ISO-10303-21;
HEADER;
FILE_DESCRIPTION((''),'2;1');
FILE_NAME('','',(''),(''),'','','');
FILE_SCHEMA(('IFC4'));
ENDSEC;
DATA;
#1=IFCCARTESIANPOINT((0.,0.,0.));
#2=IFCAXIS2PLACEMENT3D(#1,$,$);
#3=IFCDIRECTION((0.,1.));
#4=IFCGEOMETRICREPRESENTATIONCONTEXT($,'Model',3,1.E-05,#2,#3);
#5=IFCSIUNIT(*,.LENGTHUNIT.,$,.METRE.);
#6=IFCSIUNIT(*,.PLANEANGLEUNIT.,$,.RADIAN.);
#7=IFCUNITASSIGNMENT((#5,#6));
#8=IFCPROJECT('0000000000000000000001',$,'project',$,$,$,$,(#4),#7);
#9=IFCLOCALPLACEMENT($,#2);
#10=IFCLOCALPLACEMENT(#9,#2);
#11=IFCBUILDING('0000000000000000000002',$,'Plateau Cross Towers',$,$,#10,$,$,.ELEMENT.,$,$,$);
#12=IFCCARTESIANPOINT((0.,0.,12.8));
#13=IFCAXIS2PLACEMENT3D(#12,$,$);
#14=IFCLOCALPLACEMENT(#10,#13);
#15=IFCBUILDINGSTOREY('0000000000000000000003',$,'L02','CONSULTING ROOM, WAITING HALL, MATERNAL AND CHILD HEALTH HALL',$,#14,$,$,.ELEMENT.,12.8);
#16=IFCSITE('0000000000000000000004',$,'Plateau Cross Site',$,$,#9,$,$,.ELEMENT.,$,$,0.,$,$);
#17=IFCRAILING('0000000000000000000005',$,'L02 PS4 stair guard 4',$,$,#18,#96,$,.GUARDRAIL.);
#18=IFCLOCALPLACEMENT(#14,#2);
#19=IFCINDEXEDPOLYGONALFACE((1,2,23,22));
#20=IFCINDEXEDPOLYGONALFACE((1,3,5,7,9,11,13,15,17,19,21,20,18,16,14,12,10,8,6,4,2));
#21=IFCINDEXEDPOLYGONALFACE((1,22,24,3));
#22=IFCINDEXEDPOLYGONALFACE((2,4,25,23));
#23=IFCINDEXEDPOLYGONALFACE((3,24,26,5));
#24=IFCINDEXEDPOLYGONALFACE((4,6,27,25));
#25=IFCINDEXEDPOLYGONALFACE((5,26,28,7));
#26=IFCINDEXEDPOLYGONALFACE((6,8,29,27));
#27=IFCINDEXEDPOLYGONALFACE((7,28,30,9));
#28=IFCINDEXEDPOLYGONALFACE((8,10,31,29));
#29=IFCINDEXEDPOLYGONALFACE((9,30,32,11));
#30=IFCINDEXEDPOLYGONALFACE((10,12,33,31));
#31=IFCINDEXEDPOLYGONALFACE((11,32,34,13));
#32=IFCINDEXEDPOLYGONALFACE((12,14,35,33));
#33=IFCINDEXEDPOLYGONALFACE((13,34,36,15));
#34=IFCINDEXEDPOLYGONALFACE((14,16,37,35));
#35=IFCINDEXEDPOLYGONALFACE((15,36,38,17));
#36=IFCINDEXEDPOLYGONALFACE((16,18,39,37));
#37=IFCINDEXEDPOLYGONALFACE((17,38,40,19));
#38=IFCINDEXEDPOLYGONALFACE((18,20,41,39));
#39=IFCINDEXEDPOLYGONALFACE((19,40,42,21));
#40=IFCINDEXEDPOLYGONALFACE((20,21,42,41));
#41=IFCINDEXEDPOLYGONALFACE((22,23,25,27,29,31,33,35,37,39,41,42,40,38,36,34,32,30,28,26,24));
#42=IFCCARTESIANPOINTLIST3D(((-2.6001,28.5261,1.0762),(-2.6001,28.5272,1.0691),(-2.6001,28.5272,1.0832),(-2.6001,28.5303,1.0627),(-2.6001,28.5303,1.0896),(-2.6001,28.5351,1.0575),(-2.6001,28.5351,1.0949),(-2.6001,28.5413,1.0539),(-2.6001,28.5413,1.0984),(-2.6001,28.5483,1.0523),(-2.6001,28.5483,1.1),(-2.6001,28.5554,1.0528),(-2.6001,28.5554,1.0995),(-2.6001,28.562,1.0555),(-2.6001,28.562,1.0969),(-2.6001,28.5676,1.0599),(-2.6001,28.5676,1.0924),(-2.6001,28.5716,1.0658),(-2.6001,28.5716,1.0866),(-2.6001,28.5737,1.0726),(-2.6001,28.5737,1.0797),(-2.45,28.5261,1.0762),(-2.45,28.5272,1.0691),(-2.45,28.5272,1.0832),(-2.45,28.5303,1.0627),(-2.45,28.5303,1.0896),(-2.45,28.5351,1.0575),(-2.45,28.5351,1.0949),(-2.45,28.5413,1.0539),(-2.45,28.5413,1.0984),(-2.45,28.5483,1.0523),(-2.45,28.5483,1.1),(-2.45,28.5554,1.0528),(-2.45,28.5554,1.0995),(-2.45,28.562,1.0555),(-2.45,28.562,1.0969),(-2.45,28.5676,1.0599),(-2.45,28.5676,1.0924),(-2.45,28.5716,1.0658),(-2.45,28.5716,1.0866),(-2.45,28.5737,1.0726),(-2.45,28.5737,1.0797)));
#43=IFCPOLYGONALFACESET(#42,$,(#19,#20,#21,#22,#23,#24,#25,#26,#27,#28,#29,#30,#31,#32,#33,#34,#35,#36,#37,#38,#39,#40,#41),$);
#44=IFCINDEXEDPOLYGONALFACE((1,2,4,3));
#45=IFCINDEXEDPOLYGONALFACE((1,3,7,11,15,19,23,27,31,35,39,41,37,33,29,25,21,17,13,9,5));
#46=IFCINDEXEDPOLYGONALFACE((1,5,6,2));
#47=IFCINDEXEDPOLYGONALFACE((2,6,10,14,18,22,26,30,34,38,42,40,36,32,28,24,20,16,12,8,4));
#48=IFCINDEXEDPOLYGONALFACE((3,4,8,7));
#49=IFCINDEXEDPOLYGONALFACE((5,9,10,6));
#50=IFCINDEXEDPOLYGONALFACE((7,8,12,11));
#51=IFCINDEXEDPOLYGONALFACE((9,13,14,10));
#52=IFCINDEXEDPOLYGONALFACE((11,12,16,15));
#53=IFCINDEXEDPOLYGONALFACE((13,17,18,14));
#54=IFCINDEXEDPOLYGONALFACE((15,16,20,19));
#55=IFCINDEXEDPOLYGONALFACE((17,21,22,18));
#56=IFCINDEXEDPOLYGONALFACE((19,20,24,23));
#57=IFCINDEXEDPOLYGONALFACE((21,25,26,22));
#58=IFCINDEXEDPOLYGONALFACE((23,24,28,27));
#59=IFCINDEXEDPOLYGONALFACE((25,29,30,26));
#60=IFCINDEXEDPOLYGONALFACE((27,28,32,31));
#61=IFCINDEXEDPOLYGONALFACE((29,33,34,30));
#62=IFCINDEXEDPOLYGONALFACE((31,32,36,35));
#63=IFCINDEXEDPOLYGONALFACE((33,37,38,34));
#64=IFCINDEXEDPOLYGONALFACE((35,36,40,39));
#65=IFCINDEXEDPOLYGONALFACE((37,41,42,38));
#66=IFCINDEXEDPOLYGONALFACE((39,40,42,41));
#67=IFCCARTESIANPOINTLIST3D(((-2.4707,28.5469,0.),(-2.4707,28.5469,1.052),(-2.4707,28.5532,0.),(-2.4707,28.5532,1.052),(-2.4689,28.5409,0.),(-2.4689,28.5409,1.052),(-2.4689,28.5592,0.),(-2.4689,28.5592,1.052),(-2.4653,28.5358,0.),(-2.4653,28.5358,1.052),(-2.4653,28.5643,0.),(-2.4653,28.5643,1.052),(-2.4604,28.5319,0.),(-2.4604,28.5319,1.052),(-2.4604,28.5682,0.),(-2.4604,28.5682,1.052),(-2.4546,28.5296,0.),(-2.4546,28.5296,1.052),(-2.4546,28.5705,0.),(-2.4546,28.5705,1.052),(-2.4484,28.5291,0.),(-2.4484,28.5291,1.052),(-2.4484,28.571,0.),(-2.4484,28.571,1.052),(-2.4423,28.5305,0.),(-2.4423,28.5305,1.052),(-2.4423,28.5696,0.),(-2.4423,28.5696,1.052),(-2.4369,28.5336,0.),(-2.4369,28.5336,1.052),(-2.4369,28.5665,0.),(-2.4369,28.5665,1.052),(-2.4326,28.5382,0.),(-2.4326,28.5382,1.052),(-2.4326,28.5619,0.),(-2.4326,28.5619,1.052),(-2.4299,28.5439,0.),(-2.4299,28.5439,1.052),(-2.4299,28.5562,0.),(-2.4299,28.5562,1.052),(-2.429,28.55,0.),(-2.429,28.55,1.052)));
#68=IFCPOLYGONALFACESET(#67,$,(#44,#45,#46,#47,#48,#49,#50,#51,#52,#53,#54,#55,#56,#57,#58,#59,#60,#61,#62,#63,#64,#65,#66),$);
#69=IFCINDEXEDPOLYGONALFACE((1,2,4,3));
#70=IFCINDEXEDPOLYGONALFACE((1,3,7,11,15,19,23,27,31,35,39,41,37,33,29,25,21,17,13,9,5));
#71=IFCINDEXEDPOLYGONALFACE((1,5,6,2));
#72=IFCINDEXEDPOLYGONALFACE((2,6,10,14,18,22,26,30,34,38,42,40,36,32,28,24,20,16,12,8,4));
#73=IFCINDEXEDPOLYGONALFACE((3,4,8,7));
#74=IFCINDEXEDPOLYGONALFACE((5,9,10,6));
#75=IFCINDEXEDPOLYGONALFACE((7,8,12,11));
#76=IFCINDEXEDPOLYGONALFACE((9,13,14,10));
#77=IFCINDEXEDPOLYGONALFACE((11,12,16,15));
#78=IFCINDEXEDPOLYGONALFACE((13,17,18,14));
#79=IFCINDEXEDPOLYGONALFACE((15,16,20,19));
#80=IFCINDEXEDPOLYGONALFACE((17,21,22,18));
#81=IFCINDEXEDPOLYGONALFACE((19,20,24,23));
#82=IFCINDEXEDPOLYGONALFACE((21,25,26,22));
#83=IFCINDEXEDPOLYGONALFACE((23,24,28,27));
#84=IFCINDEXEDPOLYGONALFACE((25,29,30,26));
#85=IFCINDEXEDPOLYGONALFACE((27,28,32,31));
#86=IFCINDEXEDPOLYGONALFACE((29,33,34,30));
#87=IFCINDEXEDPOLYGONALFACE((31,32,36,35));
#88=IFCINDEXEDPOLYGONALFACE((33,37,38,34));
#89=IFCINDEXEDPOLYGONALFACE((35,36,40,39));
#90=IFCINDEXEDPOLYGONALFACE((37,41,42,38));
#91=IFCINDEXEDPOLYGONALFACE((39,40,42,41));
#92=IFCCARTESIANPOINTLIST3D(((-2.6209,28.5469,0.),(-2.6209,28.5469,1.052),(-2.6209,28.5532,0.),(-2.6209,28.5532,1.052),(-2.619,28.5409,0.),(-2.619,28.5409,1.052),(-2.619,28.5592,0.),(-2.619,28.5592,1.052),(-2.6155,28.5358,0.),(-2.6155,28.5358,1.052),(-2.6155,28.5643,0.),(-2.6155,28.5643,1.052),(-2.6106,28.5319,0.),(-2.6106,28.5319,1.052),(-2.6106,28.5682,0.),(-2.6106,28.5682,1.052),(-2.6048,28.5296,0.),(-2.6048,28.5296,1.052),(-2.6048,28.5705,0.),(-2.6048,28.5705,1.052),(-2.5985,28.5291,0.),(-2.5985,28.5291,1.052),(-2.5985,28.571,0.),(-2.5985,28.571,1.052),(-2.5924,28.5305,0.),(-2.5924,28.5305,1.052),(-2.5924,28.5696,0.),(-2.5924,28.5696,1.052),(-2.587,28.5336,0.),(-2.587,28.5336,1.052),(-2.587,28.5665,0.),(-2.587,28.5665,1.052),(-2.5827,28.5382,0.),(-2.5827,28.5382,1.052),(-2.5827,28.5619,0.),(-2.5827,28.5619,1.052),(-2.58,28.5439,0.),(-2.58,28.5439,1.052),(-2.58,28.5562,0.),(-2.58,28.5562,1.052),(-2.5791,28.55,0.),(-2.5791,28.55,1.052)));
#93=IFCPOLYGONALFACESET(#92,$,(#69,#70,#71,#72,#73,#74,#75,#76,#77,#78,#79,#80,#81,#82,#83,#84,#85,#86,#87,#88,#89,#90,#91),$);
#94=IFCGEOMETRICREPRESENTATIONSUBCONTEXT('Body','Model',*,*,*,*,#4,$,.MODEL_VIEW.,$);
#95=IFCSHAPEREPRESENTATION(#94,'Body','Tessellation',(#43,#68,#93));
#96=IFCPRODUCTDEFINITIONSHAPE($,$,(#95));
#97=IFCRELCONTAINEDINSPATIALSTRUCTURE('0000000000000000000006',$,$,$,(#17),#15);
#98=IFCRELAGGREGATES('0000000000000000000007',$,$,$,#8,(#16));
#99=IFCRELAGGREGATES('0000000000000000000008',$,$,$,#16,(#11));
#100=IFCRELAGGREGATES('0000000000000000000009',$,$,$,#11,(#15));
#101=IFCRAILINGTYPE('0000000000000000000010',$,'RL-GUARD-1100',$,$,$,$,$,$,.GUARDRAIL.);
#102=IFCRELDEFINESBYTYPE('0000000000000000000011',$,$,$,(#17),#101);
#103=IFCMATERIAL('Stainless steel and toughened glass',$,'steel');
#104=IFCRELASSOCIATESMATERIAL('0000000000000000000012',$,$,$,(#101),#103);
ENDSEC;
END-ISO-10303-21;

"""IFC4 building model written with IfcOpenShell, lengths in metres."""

from ifc_helpers import new_model, si_unit, direction, frame, origin, origin_2d, place, context, subcontext, project, spatial, circle, extrude, material, type_object, element, save


model = new_model("IFC4")

# Units and contexts
model_context = context("Model", 3, precision=1e-05, world=origin(), true_north=direction((0.0, 1.0)))
body_context = subcontext(model_context, "Body", "Model", "MODEL_VIEW")
ifc_project = project(units=[si_unit("LENGTHUNIT", "METRE"), si_unit("PLANEANGLEUNIT", "RADIAN")], contexts=[model_context])

# Site, building, storey
site_placement = place(None, origin())
site = spatial("IfcSite", under=ifc_project, at=site_placement, Name="Plateau Cross Site", CompositionType="ELEMENT", RefElevation=0.0)
building_placement = place(site_placement, origin())
building = spatial("IfcBuilding", under=site, at=building_placement, Name="Plateau Cross Towers", CompositionType="ELEMENT")
storey_placement = place(building_placement, frame((0.0, 0.0, 12.8)))
storey = spatial("IfcBuildingStorey", under=building, at=storey_placement, Name="L02", Description="CONSULTING ROOM, WAITING HALL, MATERNAL AND CHILD HEALTH HALL", CompositionType="ELEMENT", Elevation=12.8)

# Railing
ifc_material_1 = material(Name="Stainless steel and toughened glass", Category="steel")
railing_type_1 = type_object("IfcRailingType", Name="RL-GUARD-1100", PredefinedType="GUARDRAIL", material=ifc_material_1)
railing_1_placement = place(storey_placement, frame((-2.45, 28.55, 0.0)))
element("IfcRailing", 1, at=railing_1_placement, inside=storey, type_object=railing_type_1, Name="L02 PS4 stair guard 4", PredefinedType="GUARDRAIL", context=body_context, shape_type="SweptSolid", body=[
    extrude(circle(Radius=0.0239, at=origin_2d()), frame((0.0, 0.0, 1.0762), z_axis=(-1.0, 0.0, 0.0), x_axis=(0.0, -1.0, 0.0)), (0.0, 0.0, 1.0), 0.1501),
    extrude(circle(Radius=0.021, at=origin_2d()), origin(), (0.0, 0.0, 1.0), 1.052),
    extrude(circle(Radius=0.021, at=origin_2d()), frame((-0.1501, 0.0, 0.0)), (0.0, 0.0, 1.0), 1.052),
])

save(model, "model.ifc")
